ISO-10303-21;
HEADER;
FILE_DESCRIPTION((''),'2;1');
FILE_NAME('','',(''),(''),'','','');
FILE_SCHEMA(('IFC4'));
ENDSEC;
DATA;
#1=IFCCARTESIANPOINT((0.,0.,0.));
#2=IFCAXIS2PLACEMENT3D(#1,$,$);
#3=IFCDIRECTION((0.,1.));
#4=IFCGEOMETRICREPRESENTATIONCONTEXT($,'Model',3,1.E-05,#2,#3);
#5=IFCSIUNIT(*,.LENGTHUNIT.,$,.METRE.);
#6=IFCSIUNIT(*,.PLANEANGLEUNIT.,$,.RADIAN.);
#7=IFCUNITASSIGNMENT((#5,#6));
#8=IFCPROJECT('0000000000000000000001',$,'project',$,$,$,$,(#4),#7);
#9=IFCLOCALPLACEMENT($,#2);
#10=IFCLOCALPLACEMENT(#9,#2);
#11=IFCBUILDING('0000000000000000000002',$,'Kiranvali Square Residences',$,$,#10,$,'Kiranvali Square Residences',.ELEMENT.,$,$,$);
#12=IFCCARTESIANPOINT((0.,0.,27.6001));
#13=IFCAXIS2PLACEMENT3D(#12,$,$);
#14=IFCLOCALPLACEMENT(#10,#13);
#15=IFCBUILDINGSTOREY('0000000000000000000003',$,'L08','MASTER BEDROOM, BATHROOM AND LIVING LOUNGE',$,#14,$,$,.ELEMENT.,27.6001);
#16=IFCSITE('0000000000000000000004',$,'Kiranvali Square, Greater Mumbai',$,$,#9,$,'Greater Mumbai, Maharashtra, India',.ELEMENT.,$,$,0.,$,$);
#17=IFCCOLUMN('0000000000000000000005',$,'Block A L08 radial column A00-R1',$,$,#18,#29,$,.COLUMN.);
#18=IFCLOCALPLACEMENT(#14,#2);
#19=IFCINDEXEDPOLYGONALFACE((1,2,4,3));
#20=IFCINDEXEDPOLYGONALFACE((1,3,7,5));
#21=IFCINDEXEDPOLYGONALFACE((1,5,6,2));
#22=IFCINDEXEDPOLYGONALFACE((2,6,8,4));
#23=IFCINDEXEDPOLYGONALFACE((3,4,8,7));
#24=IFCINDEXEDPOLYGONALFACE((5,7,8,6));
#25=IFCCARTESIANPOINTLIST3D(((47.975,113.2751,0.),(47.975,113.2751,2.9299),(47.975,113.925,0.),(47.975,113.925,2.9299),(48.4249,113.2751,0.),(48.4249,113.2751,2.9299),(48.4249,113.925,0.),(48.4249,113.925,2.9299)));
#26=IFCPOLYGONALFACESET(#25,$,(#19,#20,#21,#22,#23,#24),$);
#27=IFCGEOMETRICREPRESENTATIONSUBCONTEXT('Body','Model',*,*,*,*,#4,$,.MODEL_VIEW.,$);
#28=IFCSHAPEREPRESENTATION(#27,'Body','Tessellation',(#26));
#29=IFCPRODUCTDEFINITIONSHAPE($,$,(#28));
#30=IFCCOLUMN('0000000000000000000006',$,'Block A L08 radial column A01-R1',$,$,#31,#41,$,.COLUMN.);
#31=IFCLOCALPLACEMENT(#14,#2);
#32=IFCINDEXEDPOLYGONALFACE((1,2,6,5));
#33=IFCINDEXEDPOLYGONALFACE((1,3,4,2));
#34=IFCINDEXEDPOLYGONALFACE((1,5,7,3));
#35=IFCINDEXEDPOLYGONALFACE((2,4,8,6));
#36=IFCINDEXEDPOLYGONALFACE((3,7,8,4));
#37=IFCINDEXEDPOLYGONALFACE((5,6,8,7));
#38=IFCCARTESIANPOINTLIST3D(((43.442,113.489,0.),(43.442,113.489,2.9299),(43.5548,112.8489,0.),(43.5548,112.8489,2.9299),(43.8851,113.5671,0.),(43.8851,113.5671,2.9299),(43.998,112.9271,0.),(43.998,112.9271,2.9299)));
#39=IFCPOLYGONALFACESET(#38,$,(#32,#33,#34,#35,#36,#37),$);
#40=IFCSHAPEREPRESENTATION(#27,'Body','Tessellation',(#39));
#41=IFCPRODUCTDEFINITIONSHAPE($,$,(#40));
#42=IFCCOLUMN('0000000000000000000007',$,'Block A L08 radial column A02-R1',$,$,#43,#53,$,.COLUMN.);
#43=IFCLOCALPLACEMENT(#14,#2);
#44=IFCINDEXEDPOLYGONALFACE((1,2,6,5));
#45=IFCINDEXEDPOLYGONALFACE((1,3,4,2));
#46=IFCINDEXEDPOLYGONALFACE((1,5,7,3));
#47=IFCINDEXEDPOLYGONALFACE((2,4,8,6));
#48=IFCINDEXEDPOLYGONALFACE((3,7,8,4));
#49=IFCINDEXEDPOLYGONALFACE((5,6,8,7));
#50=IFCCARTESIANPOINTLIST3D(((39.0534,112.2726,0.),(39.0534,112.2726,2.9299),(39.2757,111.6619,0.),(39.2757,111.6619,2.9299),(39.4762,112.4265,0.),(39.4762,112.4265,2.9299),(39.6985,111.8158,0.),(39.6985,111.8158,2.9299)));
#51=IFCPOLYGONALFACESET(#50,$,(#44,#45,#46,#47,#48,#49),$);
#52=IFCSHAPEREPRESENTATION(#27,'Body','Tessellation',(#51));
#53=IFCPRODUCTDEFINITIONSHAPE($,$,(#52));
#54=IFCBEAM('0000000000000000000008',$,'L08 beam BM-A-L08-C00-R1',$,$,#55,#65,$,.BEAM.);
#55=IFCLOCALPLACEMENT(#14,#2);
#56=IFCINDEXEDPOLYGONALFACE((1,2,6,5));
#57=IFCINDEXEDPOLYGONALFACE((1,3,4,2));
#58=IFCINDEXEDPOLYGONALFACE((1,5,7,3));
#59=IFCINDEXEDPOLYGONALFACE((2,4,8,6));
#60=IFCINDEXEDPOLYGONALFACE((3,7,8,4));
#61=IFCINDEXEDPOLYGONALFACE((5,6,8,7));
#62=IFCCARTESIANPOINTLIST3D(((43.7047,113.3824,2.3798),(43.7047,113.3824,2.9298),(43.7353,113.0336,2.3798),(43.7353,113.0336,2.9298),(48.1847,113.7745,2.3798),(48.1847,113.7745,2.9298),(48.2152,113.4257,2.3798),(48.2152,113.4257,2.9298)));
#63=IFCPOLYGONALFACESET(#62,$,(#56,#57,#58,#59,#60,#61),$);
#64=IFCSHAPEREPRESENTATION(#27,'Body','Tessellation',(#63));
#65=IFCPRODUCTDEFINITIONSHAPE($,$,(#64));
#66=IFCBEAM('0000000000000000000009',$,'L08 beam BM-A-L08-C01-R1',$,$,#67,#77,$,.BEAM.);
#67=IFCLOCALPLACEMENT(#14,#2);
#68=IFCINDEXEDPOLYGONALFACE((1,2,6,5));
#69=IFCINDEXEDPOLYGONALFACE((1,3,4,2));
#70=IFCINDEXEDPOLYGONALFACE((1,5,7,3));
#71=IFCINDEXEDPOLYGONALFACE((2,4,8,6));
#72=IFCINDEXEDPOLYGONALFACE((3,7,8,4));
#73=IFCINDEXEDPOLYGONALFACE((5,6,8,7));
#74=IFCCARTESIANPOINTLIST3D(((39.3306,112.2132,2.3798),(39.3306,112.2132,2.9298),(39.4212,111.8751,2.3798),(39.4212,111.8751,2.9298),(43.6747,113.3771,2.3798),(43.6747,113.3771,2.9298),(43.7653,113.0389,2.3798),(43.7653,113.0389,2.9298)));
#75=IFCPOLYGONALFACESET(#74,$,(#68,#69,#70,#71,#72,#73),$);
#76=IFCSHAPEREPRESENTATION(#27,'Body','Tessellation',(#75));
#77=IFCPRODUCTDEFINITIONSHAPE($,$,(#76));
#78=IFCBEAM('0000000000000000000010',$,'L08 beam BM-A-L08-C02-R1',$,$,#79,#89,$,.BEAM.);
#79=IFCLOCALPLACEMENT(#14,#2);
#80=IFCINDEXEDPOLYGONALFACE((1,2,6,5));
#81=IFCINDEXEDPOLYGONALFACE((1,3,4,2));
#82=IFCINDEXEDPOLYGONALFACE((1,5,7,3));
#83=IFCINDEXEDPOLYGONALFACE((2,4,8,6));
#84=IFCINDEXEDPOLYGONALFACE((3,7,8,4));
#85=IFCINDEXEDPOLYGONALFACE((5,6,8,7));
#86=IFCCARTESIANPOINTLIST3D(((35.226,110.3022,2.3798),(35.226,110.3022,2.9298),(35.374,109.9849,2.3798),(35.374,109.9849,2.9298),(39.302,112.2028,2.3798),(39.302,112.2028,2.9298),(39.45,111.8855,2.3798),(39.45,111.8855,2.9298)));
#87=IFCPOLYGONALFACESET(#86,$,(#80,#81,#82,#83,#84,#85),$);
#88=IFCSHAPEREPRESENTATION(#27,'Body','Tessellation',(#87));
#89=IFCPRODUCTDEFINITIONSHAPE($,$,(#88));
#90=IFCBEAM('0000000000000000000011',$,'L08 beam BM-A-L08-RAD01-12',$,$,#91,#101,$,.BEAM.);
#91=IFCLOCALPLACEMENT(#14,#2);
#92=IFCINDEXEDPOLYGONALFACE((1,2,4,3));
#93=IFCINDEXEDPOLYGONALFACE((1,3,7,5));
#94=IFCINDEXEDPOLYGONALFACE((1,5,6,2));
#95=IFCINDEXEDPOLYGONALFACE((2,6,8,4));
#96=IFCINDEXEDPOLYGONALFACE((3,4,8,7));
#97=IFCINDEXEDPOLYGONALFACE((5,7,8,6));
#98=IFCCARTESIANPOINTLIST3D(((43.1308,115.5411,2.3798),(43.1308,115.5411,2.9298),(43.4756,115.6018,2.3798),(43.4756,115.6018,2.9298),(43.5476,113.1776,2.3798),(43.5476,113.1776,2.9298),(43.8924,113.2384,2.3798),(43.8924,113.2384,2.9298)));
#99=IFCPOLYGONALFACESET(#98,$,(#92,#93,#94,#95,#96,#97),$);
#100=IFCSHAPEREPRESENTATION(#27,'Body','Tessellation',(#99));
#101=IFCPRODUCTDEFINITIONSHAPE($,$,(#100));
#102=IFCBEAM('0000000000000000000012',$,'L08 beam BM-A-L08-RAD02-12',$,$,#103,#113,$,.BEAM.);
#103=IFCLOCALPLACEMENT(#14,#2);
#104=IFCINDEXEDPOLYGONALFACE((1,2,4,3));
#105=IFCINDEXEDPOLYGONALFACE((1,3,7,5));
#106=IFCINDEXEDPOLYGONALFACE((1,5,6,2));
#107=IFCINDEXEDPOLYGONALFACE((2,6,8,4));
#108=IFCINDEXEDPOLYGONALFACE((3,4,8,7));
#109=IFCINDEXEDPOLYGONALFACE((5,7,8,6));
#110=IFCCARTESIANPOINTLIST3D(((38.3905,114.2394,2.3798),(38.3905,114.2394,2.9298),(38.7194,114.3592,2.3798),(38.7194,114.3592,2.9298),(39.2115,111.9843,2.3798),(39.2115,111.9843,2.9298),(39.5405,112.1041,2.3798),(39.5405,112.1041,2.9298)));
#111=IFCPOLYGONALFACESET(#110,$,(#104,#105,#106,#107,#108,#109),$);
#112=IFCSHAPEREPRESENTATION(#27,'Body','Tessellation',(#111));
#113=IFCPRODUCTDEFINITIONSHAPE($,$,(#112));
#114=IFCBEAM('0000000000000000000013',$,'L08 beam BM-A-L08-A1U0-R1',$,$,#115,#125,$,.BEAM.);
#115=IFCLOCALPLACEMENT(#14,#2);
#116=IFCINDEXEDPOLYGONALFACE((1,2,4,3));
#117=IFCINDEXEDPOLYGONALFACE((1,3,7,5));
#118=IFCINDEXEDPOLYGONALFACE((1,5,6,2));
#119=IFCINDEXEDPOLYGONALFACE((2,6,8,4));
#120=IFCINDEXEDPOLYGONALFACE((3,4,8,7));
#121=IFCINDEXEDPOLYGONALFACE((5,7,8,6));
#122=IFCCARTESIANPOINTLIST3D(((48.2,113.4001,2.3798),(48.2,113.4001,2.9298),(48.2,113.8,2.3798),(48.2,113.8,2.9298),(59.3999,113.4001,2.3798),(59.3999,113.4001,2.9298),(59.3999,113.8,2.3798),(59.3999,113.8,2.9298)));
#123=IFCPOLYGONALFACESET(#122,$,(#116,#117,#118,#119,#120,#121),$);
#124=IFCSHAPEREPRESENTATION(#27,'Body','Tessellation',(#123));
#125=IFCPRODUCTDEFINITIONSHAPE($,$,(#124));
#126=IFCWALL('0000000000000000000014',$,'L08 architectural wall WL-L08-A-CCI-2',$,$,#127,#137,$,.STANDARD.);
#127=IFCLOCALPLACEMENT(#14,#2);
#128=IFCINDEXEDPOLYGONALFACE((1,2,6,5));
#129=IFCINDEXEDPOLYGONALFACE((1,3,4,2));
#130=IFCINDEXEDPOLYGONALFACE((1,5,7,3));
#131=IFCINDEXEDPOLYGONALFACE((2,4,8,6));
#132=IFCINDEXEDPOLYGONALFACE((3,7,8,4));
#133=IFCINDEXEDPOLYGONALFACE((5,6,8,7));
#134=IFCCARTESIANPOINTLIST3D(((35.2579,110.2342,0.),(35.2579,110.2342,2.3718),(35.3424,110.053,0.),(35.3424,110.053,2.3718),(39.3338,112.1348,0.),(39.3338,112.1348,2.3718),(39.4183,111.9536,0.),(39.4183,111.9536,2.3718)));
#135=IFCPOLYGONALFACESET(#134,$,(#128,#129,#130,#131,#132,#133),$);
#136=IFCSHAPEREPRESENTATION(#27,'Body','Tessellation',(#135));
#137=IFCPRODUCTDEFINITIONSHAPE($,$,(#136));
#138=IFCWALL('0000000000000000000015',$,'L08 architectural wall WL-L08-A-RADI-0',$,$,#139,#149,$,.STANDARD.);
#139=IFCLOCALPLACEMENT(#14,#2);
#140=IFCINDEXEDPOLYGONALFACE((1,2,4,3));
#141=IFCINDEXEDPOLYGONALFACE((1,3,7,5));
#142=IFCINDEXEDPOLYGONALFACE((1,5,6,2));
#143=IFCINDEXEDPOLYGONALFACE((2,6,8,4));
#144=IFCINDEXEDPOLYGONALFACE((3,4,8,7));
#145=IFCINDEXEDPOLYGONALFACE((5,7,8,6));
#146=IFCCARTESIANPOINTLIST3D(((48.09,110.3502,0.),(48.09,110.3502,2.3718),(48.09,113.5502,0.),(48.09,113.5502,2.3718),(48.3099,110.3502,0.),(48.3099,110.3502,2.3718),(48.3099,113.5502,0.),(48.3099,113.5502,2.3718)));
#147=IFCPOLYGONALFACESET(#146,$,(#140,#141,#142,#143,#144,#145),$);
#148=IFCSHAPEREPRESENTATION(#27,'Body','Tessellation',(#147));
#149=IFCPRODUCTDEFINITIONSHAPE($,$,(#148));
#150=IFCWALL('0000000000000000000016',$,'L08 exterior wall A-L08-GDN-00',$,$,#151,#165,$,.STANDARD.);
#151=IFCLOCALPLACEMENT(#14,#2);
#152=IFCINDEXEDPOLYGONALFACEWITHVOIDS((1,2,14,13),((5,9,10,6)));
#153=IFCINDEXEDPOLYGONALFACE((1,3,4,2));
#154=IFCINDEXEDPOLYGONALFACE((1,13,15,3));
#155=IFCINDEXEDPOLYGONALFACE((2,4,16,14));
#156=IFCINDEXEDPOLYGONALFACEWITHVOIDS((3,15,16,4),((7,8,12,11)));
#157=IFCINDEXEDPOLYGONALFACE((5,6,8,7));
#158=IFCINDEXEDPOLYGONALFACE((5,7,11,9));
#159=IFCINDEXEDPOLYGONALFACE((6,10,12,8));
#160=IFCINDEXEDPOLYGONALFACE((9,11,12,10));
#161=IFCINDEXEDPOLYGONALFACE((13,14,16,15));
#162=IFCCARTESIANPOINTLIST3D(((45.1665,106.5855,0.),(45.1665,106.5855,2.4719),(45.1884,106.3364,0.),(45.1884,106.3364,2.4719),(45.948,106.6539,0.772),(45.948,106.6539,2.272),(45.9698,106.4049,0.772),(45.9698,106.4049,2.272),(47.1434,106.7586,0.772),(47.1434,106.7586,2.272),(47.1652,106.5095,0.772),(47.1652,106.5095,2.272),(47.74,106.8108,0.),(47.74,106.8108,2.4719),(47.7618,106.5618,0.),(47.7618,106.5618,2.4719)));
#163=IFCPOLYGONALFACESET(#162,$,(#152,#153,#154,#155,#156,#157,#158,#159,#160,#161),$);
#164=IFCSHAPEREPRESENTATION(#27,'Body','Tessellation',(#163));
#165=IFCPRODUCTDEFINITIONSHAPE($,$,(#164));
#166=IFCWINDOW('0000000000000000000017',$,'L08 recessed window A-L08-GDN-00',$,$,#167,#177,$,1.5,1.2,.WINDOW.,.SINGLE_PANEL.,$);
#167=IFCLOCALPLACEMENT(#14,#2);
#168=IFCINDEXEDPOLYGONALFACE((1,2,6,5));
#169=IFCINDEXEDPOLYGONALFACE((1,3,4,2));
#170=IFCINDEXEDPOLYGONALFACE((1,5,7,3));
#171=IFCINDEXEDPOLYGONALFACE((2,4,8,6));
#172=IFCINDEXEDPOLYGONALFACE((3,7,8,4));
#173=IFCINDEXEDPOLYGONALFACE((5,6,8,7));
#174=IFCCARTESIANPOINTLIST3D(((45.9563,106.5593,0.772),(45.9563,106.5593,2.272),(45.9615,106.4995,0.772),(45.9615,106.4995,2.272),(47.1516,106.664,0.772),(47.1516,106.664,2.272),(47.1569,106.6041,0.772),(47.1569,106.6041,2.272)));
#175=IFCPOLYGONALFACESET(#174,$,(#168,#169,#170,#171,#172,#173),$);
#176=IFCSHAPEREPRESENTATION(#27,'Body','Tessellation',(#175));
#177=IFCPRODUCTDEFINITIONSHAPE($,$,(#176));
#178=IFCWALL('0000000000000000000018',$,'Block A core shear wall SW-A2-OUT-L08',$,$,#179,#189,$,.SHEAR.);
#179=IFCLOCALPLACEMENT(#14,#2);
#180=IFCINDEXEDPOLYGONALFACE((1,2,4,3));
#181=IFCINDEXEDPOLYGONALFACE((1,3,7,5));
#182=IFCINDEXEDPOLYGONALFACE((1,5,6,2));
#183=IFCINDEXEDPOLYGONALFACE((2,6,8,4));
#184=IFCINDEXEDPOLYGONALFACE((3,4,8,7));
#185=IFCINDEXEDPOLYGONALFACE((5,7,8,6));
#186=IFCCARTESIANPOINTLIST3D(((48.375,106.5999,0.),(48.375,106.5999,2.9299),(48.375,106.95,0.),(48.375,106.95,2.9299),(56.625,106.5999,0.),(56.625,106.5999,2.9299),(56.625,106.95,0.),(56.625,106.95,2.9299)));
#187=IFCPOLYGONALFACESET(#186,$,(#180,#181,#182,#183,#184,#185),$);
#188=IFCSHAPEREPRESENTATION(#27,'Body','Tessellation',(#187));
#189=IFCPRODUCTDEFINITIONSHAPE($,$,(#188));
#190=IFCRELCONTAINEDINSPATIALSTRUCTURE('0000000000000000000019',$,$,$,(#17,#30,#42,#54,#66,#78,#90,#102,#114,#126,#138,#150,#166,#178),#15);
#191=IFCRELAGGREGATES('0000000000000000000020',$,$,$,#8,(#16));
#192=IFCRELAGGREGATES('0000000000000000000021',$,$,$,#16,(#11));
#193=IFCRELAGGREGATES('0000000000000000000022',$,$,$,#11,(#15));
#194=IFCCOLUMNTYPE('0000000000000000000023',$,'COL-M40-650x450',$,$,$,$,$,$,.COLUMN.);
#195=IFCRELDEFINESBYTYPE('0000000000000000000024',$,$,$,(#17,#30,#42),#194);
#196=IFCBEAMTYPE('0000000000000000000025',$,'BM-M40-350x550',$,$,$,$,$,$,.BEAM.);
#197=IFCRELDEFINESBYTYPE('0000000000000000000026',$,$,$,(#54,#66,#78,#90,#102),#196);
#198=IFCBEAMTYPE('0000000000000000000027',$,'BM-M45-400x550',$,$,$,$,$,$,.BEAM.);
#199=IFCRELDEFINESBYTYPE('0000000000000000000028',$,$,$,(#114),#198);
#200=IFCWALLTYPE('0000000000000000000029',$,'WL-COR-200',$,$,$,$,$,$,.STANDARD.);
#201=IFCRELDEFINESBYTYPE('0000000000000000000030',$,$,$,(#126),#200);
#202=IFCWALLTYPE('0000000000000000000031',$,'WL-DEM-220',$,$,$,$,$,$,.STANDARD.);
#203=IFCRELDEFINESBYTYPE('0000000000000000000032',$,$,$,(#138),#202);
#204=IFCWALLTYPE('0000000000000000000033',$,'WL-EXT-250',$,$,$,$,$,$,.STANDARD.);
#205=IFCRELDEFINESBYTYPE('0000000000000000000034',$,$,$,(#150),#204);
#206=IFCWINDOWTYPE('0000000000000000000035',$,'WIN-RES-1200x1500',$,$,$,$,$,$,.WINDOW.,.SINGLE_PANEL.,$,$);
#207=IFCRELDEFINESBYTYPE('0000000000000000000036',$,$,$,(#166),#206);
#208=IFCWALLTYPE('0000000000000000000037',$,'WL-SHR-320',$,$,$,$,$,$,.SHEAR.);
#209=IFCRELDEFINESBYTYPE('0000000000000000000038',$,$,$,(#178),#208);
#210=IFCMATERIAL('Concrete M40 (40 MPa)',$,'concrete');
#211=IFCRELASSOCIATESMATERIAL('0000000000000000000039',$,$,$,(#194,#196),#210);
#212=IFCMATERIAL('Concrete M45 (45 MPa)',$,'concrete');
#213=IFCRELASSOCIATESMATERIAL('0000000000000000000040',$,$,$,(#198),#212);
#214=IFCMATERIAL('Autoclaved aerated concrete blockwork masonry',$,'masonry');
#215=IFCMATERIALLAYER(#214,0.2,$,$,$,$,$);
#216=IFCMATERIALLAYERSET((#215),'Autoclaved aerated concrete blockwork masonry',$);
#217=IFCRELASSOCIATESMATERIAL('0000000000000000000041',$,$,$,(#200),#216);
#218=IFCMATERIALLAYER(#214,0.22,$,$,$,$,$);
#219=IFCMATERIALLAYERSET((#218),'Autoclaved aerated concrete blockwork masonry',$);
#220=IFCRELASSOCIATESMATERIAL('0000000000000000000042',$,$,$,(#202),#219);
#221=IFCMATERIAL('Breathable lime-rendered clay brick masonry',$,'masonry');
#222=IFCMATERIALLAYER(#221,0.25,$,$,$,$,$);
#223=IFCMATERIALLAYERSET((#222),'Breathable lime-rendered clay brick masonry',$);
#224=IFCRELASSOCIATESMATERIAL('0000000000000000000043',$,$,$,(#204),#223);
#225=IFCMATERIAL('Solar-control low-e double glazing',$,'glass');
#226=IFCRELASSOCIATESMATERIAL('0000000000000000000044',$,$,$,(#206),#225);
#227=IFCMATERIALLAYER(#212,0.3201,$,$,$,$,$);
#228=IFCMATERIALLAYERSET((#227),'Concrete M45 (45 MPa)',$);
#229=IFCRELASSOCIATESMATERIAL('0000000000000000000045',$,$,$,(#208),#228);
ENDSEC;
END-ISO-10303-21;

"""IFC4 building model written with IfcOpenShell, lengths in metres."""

from ifc_helpers import new_model, si_unit, direction, frame, frame_2d, origin, origin_2d, place, context, subcontext, project, spatial, rectangle, extrude, material, layer, layer_set, material_profile, profile_set, type_object, element, fill, save


model = new_model("IFC4")

# Units and contexts
model_context = context("Model", 3, precision=1e-05, world=origin(), true_north=direction((0.0, 1.0)))
body_context = subcontext(model_context, "Body", "Model", "MODEL_VIEW")
ifc_project = project(units=[si_unit("LENGTHUNIT", "METRE"), si_unit("PLANEANGLEUNIT", "RADIAN")], contexts=[model_context])

# Site, building, storey
site_placement = place(None, origin())
site = spatial("IfcSite", under=ifc_project, at=site_placement, Name="Kiranvali Square, Greater Mumbai", LongName="Greater Mumbai, Maharashtra, India", CompositionType="ELEMENT", RefElevation=0.0)
building_placement = place(site_placement, origin())
building = spatial("IfcBuilding", under=site, at=building_placement, Name="Kiranvali Square Residences", LongName="Kiranvali Square Residences", CompositionType="ELEMENT")
storey_placement = place(building_placement, frame((0.0, 0.0, 27.6001)))
storey = spatial("IfcBuildingStorey", under=building, at=storey_placement, Name="L08", Description="MASTER BEDROOM, BATHROOM AND LIVING LOUNGE", CompositionType="ELEMENT", Elevation=27.6001)

# Columns
ifc_material_1 = material(Name="Concrete M40 (40 MPa)", Category="concrete")
ifc_material_profile_1 = material_profile(ifc_material_1, rectangle(XDim=0.45, YDim=0.6499, at=origin_2d()), Name="RC 650x450")
ifc_profile_set_1 = profile_set([ifc_material_profile_1], Name="Concrete M40 (40 MPa)")
column_type = type_object("IfcColumnType", Name="COL-M40-650x450", PredefinedType="COLUMN", material=ifc_profile_set_1)
for number, where, z_axis, x_axis, name in (
    (1, (48.2, 113.6001, 0.0), (0.0, 0.0, 1.0), (1.0, 0.0, 0.0), "Block A L08 radial column A00-R1"),
    (2, (43.72, 113.208, 0.0), (0.0, 0.0, 1.0), (0.984808, 0.173648, 0.0), "Block A L08 radial column A01-R1"),
    (3, (39.376, 112.0442, 0.0), (0.0, 0.0, 1.0), (0.939693, 0.34202, 0.0), "Block A L08 radial column A02-R1"),
):
    element("IfcColumn", number, at=place(storey_placement, frame(where, z_axis=z_axis, x_axis=x_axis)), inside=storey, type_object=column_type, Name=name, PredefinedType="COLUMN", context=body_context, shape_type="SweptSolid", body=[
        extrude(rectangle(XDim=0.45, YDim=0.6499, at=origin_2d()), origin(), (0.0, 0.0, 1.0), 2.9299),
    ])

# Beams
ifc_material_profile_2 = material_profile(ifc_material_1, rectangle(XDim=0.3501, YDim=0.55, at=origin_2d()), Name="RC 350x550")
ifc_profile_set_2 = profile_set([ifc_material_profile_2], Name="Concrete M40 (40 MPa)")
beam_type_1 = type_object("IfcBeamType", Name="BM-M40-350x550", PredefinedType="BEAM", material=ifc_profile_set_2)
beam_1_placement = place(storey_placement, frame((48.2, 113.6001, 2.6548), z_axis=(-0.996192, -0.087187, 0.0), x_axis=(0.087187, -0.996192, 0.0)))
element("IfcBeam", 4, at=beam_1_placement, inside=storey, type_object=beam_type_1, Name="L08 beam BM-A-L08-C00-R1", PredefinedType="BEAM", context=body_context, shape_type="SweptSolid", body=[
    extrude(rectangle(XDim=0.3501, YDim=0.55, at=origin_2d()), origin(), (0.0, 0.0, 1.0), 4.4971),
])
for number, where, z_axis, x_axis, name in (
    (5, (43.72, 113.208, 2.6548), (-0.965934, -0.258788, 0.0), (0.258788, -0.965934, 0.0), "L08 beam BM-A-L08-C01-R1"),
    (6, (39.376, 112.0442, 2.6548), (-0.906308, -0.422618, 0.0), (0.422618, -0.906308, 0.0), "L08 beam BM-A-L08-C02-R1"),
):
    element("IfcBeam", number, at=place(storey_placement, frame(where, z_axis=z_axis, x_axis=x_axis)), inside=storey, type_object=beam_type_1, Name=name, PredefinedType="BEAM", context=body_context, shape_type="SweptSolid", body=[
        extrude(rectangle(XDim=0.3501, YDim=0.55, at=origin_2d()), origin(), (0.0, 0.0, 1.0), 4.4973),
    ])
for number, where, z_axis, x_axis, name in (
    (7, (43.72, 113.208, 2.6548), (-0.173646, 0.984808, 0.0), (-0.984808, -0.173646, 0.0), "L08 beam BM-A-L08-RAD01-12"),
    (8, (39.376, 112.0442, 2.6548), (-0.342111, 0.93966, 0.0), (-0.93966, -0.342111, 0.0), "L08 beam BM-A-L08-RAD02-12"),
):
    element("IfcBeam", number, at=place(storey_placement, frame(where, z_axis=z_axis, x_axis=x_axis)), inside=storey, type_object=beam_type_1, Name=name, PredefinedType="BEAM", context=body_context, shape_type="SweptSolid", body=[
        extrude(rectangle(XDim=0.3501, YDim=0.55, at=origin_2d()), origin(), (0.0, 0.0, 1.0), 2.3999),
    ])
ifc_material_2 = material(Name="Concrete M45 (45 MPa)", Category="concrete")
ifc_material_profile_3 = material_profile(ifc_material_2, rectangle(XDim=0.3999, YDim=0.55, at=origin_2d()), Name="RC 400x550")
ifc_profile_set_3 = profile_set([ifc_material_profile_3], Name="Concrete M45 (45 MPa)")
beam_type_2 = type_object("IfcBeamType", Name="BM-M45-400x550", PredefinedType="BEAM", material=ifc_profile_set_3)
beam_2_placement = place(storey_placement, frame((48.2, 113.6001, 2.6548), z_axis=(1.0, 0.0, 0.0), x_axis=(0.0, 1.0, 0.0)))
element("IfcBeam", 9, at=beam_2_placement, inside=storey, type_object=beam_type_2, Name="L08 beam BM-A-L08-A1U0-R1", PredefinedType="BEAM", context=body_context, shape_type="SweptSolid", body=[
    extrude(rectangle(XDim=0.3999, YDim=0.55, at=origin_2d()), origin(), (0.0, 0.0, 1.0), 11.2),
])

# Shared definitions
ifc_material_3 = material(Name="Autoclaved aerated concrete blockwork masonry", Category="masonry")
ifc_layer_1 = layer(ifc_material_3, 0.2)
ifc_layer_set_1 = layer_set([ifc_layer_1], Name="Autoclaved aerated concrete blockwork masonry")
wall_type_1 = type_object("IfcWallType", Name="WL-COR-200", PredefinedType="STANDARD", material=ifc_layer_set_1)

# Walls
wall_1_placement = place(storey_placement, frame((39.376, 112.0442, 0.0), z_axis=(0.0, 0.0, 1.0), x_axis=(-0.906308, -0.422618, 0.0)))
element("IfcWall", 10, at=wall_1_placement, inside=storey, type_object=wall_type_1, Name="L08 architectural wall WL-L08-A-CCI-2", PredefinedType="STANDARD", context=body_context, shape_type="SweptSolid", body=[
    extrude(rectangle(XDim=4.4973, YDim=0.2, at=frame_2d((2.2485, 0.0))), origin(), (0.0, 0.0, 1.0), 2.3718),
])
ifc_layer_2 = layer(ifc_material_3, 0.22)
ifc_layer_set_2 = layer_set([ifc_layer_2], Name="Autoclaved aerated concrete blockwork masonry")
wall_type_2 = type_object("IfcWallType", Name="WL-DEM-220", PredefinedType="STANDARD", material=ifc_layer_set_2)
wall_2_placement = place(storey_placement, frame((48.2, 110.3501, 0.0), z_axis=(0.0, 0.0, 1.0), x_axis=(0.0, 1.0, 0.0)))
element("IfcWall", 11, at=wall_2_placement, inside=storey, type_object=wall_type_2, Name="L08 architectural wall WL-L08-A-RADI-0", PredefinedType="STANDARD", context=body_context, shape_type="SweptSolid", body=[
    extrude(rectangle(XDim=3.2, YDim=0.22, at=frame_2d((1.6001, 0.0))), origin(), (0.0, 0.0, 1.0), 2.3718),
])

# Wall, opening, window
ifc_material_4 = material(Name="Breathable lime-rendered clay brick masonry", Category="masonry")
ifc_layer_3 = layer(ifc_material_4, 0.25)
ifc_layer_set_3 = layer_set([ifc_layer_3], Name="Breathable lime-rendered clay brick masonry")
wall_type_3 = type_object("IfcWallType", Name="WL-EXT-250", PredefinedType="STANDARD", material=ifc_layer_set_3)
wall_3_placement = place(storey_placement, frame((47.7507, 106.6863, 0.0), z_axis=(0.0, 0.0, 1.0), x_axis=(-0.996188, -0.087229, 0.0)))
wall_3 = element("IfcWall", 12, at=wall_3_placement, inside=storey, type_object=wall_type_3, Name="L08 exterior wall A-L08-GDN-00", PredefinedType="STANDARD", context=body_context, shape_type="SweptSolid", body=[
    extrude(rectangle(XDim=2.5833, YDim=0.25, at=frame_2d((1.2915, 0.0))), origin(), (0.0, 0.0, 1.0), 2.4719),
])
opening_1_placement = place(wall_3_placement, frame((0.5986, 0.0, 0.772)))
opening_1 = element("IfcOpeningElement", 13, at=opening_1_placement, cuts=wall_3, PredefinedType="OPENING", context=body_context, shape_type="SweptSolid", body=[
    extrude(rectangle(XDim=1.2, YDim=1.5, at=frame_2d((0.6001, 0.75))), frame((0.0, 0.135, 0.0), z_axis=(0.0, -1.0, 0.0), x_axis=(1.0, 0.0, 0.0)), (0.0, 0.0, 1.0), 0.27),
])
ifc_material_5 = material(Name="Solar-control low-e double glazing", Category="glass")
window_type = type_object("IfcWindowType", Name="WIN-RES-1200x1500", PartitioningType="SINGLE_PANEL", PredefinedType="WINDOW", material=ifc_material_5)
window_placement = place(opening_1_placement, origin())
window = element("IfcWindow", 14, at=window_placement, inside=storey, type_object=window_type, Name="L08 recessed window A-L08-GDN-00", OverallHeight=1.5, OverallWidth=1.2, PartitioningType="SINGLE_PANEL", PredefinedType="WINDOW", context=body_context, shape_type="SweptSolid", body=[
    extrude(rectangle(XDim=1.2, YDim=1.5, at=frame_2d((0.6001, 0.75))), frame((0.0, 0.03, 0.0), z_axis=(0.0, -1.0, 0.0), x_axis=(1.0, 0.0, 0.0)), (0.0, 0.0, 1.0), 0.0601),
])
fill(opening_1, window)

# Wall
ifc_layer_4 = layer(ifc_material_2, 0.3201)
ifc_layer_set_4 = layer_set([ifc_layer_4], Name="Concrete M45 (45 MPa)")
wall_type_4 = type_object("IfcWallType", Name="WL-SHR-320", PredefinedType="SHEAR", material=ifc_layer_set_4)
wall_4_placement = place(storey_placement, frame((48.375, 106.7749, 0.0), z_axis=(0.0, 0.0, 1.0), x_axis=(1.0, 0.0, 0.0)))
element("IfcWall", 15, at=wall_4_placement, inside=storey, type_object=wall_type_4, Name="Block A core shear wall SW-A2-OUT-L08", PredefinedType="SHEAR", context=body_context, shape_type="SweptSolid", body=[
    extrude(rectangle(XDim=8.25, YDim=0.3501, at=frame_2d((4.125, 0.0))), origin(), (0.0, 0.0, 1.0), 2.9299),
])

save(model, "model.ifc")
